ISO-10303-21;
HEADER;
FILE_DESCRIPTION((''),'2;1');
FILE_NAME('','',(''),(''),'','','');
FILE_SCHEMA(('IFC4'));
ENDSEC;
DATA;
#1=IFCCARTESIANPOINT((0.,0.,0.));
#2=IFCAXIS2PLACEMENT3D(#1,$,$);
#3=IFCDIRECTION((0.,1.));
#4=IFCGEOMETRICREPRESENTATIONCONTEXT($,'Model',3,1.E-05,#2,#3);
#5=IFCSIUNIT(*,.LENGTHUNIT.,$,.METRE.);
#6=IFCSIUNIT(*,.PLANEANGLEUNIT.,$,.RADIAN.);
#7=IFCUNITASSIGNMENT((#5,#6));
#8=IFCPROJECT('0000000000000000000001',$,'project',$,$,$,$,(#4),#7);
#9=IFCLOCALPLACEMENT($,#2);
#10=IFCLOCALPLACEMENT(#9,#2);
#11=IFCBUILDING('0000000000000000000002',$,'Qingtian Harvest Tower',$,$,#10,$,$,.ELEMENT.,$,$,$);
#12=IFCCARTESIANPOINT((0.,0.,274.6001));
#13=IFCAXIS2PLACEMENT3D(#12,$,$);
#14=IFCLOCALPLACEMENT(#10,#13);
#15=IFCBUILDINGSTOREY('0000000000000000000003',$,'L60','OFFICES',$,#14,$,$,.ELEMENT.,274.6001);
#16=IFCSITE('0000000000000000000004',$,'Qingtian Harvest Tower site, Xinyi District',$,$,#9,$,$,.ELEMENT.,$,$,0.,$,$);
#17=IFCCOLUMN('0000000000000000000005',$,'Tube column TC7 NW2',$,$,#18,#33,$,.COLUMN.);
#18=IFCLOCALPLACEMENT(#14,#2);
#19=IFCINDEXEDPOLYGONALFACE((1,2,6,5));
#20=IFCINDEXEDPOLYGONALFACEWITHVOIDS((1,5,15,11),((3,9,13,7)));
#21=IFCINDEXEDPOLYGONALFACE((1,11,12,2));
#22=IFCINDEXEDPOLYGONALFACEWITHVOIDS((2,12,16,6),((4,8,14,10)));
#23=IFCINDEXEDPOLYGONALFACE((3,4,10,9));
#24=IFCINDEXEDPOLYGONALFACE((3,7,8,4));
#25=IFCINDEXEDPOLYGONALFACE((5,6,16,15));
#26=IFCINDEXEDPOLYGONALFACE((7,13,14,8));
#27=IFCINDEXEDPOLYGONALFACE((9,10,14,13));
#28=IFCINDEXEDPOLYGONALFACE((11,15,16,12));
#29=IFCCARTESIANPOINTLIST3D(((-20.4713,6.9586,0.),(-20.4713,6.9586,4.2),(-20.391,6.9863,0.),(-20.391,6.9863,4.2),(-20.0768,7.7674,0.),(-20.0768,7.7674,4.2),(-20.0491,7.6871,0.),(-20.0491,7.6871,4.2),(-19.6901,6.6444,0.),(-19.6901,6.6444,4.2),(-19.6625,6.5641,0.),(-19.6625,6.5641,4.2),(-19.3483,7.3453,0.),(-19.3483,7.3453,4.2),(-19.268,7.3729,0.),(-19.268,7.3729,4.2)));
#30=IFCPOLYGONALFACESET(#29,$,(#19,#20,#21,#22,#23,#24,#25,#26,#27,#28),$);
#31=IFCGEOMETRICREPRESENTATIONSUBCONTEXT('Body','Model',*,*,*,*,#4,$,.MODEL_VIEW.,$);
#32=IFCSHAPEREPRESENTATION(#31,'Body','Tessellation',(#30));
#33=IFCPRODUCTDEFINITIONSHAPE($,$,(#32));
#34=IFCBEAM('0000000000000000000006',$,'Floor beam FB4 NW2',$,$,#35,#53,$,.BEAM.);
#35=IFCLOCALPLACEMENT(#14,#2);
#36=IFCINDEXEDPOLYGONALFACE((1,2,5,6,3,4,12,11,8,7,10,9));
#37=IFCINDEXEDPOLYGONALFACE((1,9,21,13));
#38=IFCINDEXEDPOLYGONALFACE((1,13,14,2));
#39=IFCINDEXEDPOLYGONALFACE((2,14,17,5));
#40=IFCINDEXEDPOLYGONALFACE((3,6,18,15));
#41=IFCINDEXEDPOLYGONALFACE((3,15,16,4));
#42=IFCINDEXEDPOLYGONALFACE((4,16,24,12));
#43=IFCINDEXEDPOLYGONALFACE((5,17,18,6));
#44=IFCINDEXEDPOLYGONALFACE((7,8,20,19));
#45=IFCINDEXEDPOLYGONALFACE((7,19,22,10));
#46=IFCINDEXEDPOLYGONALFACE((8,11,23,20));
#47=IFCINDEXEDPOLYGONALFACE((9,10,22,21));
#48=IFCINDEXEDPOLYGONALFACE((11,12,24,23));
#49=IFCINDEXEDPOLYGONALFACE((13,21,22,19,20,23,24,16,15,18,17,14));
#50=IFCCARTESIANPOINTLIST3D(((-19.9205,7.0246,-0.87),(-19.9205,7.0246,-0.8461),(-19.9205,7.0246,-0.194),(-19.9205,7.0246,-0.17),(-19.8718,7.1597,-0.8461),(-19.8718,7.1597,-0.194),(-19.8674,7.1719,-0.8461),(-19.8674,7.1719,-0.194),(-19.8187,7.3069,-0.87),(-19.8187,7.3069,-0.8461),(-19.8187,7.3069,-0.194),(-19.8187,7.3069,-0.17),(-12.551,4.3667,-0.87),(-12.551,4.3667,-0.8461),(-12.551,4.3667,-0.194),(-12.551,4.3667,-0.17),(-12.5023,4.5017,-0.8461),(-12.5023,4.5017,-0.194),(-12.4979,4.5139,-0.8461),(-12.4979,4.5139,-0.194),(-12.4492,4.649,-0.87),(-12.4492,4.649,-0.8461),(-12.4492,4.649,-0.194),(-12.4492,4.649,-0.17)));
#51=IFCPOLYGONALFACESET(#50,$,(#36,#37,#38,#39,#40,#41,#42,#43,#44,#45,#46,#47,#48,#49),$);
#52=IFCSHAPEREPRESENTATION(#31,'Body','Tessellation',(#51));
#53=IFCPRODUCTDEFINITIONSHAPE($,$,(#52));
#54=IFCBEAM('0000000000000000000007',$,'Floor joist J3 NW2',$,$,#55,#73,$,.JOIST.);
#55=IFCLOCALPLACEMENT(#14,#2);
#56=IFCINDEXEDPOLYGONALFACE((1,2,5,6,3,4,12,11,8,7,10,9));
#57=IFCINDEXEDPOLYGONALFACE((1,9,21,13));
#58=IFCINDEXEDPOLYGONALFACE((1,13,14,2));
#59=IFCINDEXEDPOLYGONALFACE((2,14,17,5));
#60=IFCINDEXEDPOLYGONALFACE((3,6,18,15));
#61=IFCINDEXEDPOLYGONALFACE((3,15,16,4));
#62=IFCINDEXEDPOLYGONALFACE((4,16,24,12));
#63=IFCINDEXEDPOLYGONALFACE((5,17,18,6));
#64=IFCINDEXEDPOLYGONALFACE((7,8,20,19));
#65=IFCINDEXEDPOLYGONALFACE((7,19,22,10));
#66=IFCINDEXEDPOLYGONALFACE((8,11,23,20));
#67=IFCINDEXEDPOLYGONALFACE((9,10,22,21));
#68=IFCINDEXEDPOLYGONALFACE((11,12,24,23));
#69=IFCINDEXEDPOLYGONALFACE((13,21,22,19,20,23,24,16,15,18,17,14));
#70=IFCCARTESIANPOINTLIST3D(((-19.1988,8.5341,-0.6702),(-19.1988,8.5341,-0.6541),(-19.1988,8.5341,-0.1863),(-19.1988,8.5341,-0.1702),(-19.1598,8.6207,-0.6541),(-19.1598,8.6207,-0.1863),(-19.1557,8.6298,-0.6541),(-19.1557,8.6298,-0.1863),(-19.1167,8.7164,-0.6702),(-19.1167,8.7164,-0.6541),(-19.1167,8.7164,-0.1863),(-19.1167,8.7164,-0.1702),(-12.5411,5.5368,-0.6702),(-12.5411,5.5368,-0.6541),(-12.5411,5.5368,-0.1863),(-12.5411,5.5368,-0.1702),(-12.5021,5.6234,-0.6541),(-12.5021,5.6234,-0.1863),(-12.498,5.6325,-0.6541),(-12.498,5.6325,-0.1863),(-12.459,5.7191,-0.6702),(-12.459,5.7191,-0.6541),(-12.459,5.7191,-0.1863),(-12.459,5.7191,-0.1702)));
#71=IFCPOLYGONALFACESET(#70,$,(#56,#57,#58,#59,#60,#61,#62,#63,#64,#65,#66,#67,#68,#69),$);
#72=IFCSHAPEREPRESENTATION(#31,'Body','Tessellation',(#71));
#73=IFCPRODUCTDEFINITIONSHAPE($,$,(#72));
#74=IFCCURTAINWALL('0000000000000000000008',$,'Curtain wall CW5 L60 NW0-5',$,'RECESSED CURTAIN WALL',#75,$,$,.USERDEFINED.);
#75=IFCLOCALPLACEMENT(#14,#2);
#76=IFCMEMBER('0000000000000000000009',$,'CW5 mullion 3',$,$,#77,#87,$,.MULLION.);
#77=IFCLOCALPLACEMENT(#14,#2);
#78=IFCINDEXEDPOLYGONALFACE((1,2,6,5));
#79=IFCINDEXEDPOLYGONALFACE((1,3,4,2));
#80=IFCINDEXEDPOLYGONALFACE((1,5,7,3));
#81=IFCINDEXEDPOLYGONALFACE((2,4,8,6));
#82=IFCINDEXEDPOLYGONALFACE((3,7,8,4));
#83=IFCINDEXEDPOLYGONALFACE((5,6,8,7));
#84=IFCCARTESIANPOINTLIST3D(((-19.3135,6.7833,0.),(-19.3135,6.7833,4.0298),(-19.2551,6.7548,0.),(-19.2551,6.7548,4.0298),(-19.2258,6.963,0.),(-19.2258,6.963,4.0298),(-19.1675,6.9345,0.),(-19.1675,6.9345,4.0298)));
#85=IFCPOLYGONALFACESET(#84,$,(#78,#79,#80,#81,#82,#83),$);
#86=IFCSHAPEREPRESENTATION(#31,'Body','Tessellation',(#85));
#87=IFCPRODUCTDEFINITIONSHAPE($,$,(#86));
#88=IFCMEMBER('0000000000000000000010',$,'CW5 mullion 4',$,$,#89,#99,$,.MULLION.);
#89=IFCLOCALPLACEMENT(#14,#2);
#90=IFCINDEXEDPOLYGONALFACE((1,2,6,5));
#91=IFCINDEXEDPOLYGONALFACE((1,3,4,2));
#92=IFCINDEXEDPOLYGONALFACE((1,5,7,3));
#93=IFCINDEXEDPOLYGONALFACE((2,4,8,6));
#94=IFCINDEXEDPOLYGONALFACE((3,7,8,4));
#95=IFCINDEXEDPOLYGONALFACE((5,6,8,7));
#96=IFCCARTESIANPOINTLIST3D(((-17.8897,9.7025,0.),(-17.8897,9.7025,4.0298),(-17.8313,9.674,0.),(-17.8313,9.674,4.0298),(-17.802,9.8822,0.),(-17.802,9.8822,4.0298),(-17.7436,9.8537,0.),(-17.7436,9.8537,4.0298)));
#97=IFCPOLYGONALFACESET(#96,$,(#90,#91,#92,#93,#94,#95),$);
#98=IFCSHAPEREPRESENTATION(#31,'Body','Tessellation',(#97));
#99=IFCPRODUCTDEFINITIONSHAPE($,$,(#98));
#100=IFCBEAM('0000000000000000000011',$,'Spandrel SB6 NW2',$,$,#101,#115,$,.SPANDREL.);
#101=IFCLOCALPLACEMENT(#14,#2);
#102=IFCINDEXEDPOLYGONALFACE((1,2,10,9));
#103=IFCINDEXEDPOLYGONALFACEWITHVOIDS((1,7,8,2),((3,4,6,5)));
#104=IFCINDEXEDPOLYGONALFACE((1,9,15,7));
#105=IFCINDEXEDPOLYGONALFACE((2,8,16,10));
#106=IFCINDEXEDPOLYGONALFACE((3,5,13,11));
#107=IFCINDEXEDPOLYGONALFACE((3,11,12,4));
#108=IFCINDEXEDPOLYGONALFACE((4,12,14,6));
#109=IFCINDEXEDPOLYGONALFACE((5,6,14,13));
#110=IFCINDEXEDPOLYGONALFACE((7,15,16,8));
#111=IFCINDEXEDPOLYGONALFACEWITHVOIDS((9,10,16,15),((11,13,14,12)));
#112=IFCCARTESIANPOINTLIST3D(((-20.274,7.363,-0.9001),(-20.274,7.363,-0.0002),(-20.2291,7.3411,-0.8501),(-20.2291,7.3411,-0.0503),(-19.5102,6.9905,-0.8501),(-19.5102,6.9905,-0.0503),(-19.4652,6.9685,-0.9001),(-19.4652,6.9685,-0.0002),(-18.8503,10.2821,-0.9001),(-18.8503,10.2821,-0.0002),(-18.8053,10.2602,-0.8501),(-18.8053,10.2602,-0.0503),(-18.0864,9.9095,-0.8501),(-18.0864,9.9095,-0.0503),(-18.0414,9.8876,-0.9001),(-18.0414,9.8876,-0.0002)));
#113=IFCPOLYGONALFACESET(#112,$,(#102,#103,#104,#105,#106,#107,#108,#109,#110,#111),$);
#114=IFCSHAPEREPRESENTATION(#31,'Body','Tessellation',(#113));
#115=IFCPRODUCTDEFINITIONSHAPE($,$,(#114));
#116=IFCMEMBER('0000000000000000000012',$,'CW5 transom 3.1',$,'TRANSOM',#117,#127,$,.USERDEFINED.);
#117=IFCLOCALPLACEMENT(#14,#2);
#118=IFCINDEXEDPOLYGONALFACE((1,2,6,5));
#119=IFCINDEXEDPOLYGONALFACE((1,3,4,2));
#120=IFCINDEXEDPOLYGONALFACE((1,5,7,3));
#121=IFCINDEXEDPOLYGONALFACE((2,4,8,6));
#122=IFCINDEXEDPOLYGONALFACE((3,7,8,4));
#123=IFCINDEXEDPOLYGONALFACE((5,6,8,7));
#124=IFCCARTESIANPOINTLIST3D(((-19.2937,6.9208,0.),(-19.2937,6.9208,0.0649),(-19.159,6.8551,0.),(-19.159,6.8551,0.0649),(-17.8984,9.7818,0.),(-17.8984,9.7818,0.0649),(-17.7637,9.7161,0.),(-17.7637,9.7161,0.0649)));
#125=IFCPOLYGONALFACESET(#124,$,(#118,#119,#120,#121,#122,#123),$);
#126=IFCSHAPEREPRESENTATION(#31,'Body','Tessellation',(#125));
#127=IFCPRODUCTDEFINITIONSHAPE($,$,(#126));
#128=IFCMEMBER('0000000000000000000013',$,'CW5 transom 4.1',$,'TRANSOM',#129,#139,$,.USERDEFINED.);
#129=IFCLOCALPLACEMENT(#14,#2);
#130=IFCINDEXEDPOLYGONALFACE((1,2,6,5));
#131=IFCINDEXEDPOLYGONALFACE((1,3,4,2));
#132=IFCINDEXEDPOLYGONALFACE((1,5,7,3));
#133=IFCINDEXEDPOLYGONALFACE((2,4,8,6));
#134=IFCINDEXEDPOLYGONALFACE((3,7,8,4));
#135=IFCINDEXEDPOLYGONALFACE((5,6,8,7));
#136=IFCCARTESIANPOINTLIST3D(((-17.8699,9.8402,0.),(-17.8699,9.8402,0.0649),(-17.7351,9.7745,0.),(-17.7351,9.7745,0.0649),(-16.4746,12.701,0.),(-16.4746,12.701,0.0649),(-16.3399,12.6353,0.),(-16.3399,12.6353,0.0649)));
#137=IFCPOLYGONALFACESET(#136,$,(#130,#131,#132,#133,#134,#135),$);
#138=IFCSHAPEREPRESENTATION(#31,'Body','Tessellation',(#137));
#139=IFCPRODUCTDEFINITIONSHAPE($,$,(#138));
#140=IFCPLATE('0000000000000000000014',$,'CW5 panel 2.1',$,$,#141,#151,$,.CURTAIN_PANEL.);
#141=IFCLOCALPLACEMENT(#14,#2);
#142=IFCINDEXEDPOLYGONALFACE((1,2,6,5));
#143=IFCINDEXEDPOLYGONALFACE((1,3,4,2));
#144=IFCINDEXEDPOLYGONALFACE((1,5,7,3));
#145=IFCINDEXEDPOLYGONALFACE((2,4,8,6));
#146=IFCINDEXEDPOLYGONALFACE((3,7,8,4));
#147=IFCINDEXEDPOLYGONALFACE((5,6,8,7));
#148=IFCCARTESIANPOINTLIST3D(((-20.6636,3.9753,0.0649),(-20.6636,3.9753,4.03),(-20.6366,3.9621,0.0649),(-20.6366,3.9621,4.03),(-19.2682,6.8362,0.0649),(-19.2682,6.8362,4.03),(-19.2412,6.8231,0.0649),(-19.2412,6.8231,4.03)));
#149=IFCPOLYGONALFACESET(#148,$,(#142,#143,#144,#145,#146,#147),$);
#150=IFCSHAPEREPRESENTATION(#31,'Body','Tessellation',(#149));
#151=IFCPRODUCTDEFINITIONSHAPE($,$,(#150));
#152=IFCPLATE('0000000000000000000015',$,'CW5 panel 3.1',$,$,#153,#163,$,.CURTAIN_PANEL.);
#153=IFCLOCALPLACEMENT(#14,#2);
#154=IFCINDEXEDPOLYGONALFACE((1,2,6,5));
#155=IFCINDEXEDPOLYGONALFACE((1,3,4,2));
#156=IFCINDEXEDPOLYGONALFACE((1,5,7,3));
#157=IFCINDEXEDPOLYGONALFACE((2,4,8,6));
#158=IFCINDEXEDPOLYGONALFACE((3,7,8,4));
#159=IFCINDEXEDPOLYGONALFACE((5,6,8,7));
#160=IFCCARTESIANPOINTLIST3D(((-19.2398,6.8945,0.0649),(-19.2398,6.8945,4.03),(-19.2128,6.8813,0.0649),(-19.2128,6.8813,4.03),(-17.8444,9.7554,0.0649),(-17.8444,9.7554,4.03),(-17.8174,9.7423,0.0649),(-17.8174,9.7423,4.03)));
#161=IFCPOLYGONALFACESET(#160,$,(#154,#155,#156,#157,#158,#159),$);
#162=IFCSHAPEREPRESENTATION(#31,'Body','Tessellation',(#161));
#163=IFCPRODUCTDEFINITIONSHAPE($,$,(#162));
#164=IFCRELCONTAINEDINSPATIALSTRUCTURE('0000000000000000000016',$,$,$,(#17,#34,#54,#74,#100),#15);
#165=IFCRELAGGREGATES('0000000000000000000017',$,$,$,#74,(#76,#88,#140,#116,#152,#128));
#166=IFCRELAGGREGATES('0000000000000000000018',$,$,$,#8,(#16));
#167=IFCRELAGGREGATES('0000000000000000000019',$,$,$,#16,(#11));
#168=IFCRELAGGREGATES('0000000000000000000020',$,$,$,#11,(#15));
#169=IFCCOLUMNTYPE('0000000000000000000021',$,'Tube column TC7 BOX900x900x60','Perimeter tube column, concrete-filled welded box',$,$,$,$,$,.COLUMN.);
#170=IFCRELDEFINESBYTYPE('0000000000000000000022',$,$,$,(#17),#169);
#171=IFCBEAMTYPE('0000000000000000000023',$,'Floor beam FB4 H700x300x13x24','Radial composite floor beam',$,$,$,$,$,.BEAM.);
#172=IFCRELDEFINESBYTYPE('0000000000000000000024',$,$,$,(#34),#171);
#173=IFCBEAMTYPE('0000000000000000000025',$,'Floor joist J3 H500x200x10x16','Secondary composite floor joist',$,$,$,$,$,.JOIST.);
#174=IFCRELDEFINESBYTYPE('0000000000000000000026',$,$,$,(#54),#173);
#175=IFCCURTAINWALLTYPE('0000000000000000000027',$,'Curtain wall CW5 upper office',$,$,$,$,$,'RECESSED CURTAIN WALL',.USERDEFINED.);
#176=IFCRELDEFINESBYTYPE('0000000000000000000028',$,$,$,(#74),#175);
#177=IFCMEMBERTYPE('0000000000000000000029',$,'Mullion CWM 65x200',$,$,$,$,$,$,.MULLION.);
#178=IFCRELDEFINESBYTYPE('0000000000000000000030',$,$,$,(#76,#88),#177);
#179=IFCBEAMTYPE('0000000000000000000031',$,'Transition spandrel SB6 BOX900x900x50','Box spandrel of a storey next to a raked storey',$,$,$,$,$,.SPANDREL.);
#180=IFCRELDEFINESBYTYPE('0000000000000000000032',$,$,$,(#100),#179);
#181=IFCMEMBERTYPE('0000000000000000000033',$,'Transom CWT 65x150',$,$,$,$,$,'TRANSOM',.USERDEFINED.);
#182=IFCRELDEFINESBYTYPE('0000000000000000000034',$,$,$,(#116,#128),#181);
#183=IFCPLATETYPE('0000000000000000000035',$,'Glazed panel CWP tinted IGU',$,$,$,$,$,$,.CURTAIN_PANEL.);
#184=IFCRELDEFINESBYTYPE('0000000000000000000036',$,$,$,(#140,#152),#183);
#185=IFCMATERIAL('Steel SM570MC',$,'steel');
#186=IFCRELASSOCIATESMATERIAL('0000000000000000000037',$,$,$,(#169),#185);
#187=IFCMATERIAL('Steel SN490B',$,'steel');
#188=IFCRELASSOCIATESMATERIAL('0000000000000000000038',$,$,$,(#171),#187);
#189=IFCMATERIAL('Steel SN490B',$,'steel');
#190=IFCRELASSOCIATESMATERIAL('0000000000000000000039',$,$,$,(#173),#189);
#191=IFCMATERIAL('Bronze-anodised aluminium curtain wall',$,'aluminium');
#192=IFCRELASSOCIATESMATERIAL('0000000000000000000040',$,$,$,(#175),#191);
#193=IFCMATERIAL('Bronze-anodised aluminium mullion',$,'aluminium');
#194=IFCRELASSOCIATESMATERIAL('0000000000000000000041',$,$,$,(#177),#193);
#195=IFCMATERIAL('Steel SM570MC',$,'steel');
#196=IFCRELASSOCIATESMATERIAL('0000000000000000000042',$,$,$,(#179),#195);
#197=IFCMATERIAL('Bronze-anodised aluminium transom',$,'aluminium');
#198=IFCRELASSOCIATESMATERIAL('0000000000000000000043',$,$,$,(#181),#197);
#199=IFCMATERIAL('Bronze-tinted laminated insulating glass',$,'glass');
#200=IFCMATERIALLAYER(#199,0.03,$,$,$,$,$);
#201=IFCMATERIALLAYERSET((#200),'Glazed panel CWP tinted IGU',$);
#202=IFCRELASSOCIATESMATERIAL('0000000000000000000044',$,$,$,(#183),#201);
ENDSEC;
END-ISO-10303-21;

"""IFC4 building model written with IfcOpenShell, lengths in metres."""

from ifc_helpers import new_model, si_unit, direction, frame, origin, origin_2d, place, context, subcontext, project, spatial, rectangle, hollow_rectangle, i_section, extrude, material, layer, layer_set, material_profile, profile_set, type_object, element, aggregate, save


model = new_model("IFC4")

# Units and contexts
model_context = context("Model", 3, precision=1e-05, world=origin(), true_north=direction((0.0, 1.0)))
body_context = subcontext(model_context, "Body", "Model", "MODEL_VIEW")
ifc_project = project(units=[si_unit("LENGTHUNIT", "METRE"), si_unit("PLANEANGLEUNIT", "RADIAN")], contexts=[model_context])

# Site, building, storey
site_placement = place(None, origin())
site = spatial("IfcSite", under=ifc_project, at=site_placement, Name="Qingtian Harvest Tower site, Xinyi District", CompositionType="ELEMENT", RefElevation=0.0)
building_placement = place(site_placement, origin())
building = spatial("IfcBuilding", under=site, at=building_placement, Name="Qingtian Harvest Tower", CompositionType="ELEMENT")
storey_placement = place(building_placement, frame((0.0, 0.0, 274.6001)))
storey = spatial("IfcBuildingStorey", under=building, at=storey_placement, Name="L60", Description="OFFICES", CompositionType="ELEMENT", Elevation=274.6001)

# Column
ifc_material_1 = material(Name="Steel SM570MC", Category="steel")
ifc_material_profile_1 = material_profile(ifc_material_1, hollow_rectangle(XDim=0.8999, YDim=0.8999, WallThickness=0.0601, at=origin_2d()), Name="BOX900x900x60")
ifc_profile_set_1 = profile_set([ifc_material_profile_1], Name="Steel SM570MC")
column_type = type_object("IfcColumnType", Name="Tube column TC7 BOX900x900x60", Description="Perimeter tube column, concrete-filled welded box", PredefinedType="COLUMN", material=ifc_profile_set_1)
column_placement = place(storey_placement, frame((-19.8696, 7.1658, 0.0), z_axis=(0.0, 0.0, 1.0), x_axis=(-0.438371, -0.898794, 0.0)))
element("IfcColumn", 1, at=column_placement, inside=storey, type_object=column_type, Name="Tube column TC7 NW2", PredefinedType="COLUMN", context=body_context, shape_type="SweptSolid", body=[
    extrude(hollow_rectangle(XDim=0.8999, YDim=0.8999, WallThickness=0.0601, at=origin_2d()), origin(), (0.0, 0.0, 1.0), 4.2),
])

# Beams
ifc_material_2 = material(Name="Steel SN490B", Category="steel")
ifc_material_profile_2 = material_profile(ifc_material_2, i_section(OverallWidth=0.3, OverallDepth=0.7, WebThickness=0.0129, FlangeThickness=0.0239, at=origin_2d()), Name="H700x300x13x24")
ifc_profile_set_2 = profile_set([ifc_material_profile_2], Name="Steel SN490B")
beam_type_1 = type_object("IfcBeamType", Name="Floor beam FB4 H700x300x13x24", Description="Radial composite floor beam", PredefinedType="BEAM", material=ifc_profile_set_2)
beam_1_placement = place(storey_placement, frame((-19.8696, 7.1658, -0.52), z_axis=(0.940688, -0.339272, 0.0), x_axis=(0.339272, 0.940688, 0.0)))
element("IfcBeam", 2, at=beam_1_placement, inside=storey, type_object=beam_type_1, Name="Floor beam FB4 NW2", PredefinedType="BEAM", context=body_context, shape_type="SweptSolid", body=[
    extrude(i_section(OverallWidth=0.3, OverallDepth=0.7, WebThickness=0.0129, FlangeThickness=0.0239, at=origin_2d()), origin(), (0.0, 0.0, 1.0), 7.8342),
])
ifc_material_3 = material(Name="Steel SN490B", Category="steel")
ifc_material_profile_3 = material_profile(ifc_material_3, i_section(OverallWidth=0.2, OverallDepth=0.5, WebThickness=0.01, FlangeThickness=0.0161, at=origin_2d()), Name="H500x200x10x16")
ifc_profile_set_3 = profile_set([ifc_material_profile_3], Name="Steel SN490B")
beam_type_2 = type_object("IfcBeamType", Name="Floor joist J3 H500x200x10x16", Description="Secondary composite floor joist", PredefinedType="JOIST", material=ifc_profile_set_3)
beam_2_placement = place(storey_placement, frame((-19.1577, 8.6252, -0.4202), z_axis=(0.911853, -0.410518, 0.0), x_axis=(0.410518, 0.911853, 0.0)))
element("IfcBeam", 3, at=beam_2_placement, inside=storey, type_object=beam_type_2, Name="Floor joist J3 NW2", PredefinedType="JOIST", context=body_context, shape_type="SweptSolid", body=[
    extrude(i_section(OverallWidth=0.2, OverallDepth=0.5, WebThickness=0.01, FlangeThickness=0.0161, at=origin_2d()), origin(), (0.0, 0.0, 1.0), 7.3013),
])

# Curtain wall, members
ifc_material_4 = material(Name="Bronze-anodised aluminium curtain wall", Category="aluminium")
curtain_wall_type = type_object("IfcCurtainWallType", Name="Curtain wall CW5 upper office", ElementType="RECESSED CURTAIN WALL", PredefinedType="USERDEFINED", material=ifc_material_4)
curtain_wall_placement = place(storey_placement, origin())
curtain_wall = element("IfcCurtainWall", 4, at=curtain_wall_placement, inside=storey, type_object=curtain_wall_type, Name="Curtain wall CW5 L60 NW0-5", ObjectType="RECESSED CURTAIN WALL", PredefinedType="USERDEFINED")
ifc_material_5 = material(Name="Bronze-anodised aluminium mullion", Category="aluminium")
ifc_material_profile_4 = material_profile(ifc_material_5, rectangle(XDim=0.0649, YDim=0.2, at=origin_2d()), Name="AL 65x200")
ifc_profile_set_4 = profile_set([ifc_material_profile_4], Name="Bronze-anodised aluminium mullion")
member_type_1 = type_object("IfcMemberType", Name="Mullion CWM 65x200", PredefinedType="MULLION", material=ifc_profile_set_4)
member_1_placement = place(storey_placement, frame((-19.2405, 6.8589, 0.0), z_axis=(0.0, 0.0, 1.0), x_axis=(-0.898794, 0.438371, 0.0)))
member_1 = element("IfcMember", 5, at=member_1_placement, type_object=member_type_1, Name="CW5 mullion 3", PredefinedType="MULLION", context=body_context, shape_type="SweptSolid", body=[
    extrude(rectangle(XDim=0.0649, YDim=0.2, at=origin_2d()), origin(), (0.0, 0.0, 1.0), 4.0298),
])
member_2_placement = place(storey_placement, frame((-17.8167, 9.7781, 0.0), z_axis=(0.0, 0.0, 1.0), x_axis=(-0.898794, 0.438371, 0.0)))
member_2 = element("IfcMember", 6, at=member_2_placement, type_object=member_type_1, Name="CW5 mullion 4", PredefinedType="MULLION", context=body_context, shape_type="SweptSolid", body=[
    extrude(rectangle(XDim=0.0649, YDim=0.2, at=origin_2d()), origin(), (0.0, 0.0, 1.0), 4.0298),
])

# Beam
ifc_material_6 = material(Name="Steel SM570MC", Category="steel")
ifc_material_profile_5 = material_profile(ifc_material_6, hollow_rectangle(XDim=0.8999, YDim=0.8999, WallThickness=0.05, at=origin_2d()), Name="BOX900x900x50")
ifc_profile_set_5 = profile_set([ifc_material_profile_5], Name="Steel SM570MC")
beam_type_3 = type_object("IfcBeamType", Name="Transition spandrel SB6 BOX900x900x50", Description="Box spandrel of a storey next to a raked storey", PredefinedType="SPANDREL", material=ifc_profile_set_5)
beam_3_placement = place(storey_placement, frame((-19.8696, 7.1658, -0.4502), z_axis=(0.438382, 0.898789, 0.0), x_axis=(-0.898789, 0.438382, 0.0)))
element("IfcBeam", 7, at=beam_3_placement, inside=storey, type_object=beam_type_3, Name="Spandrel SB6 NW2", PredefinedType="SPANDREL", context=body_context, shape_type="SweptSolid", body=[
    extrude(hollow_rectangle(XDim=0.8999, YDim=0.8999, WallThickness=0.05, at=origin_2d()), origin(), (0.0, 0.0, 1.0), 3.2478),
])

# Members
ifc_material_7 = material(Name="Bronze-anodised aluminium transom", Category="aluminium")
ifc_material_profile_6 = material_profile(ifc_material_7, rectangle(XDim=0.1499, YDim=0.0649, at=origin_2d()), Name="AL 65x150")
ifc_profile_set_6 = profile_set([ifc_material_profile_6], Name="Bronze-anodised aluminium transom")
member_type_2 = type_object("IfcMemberType", Name="Transom CWT 65x150", ElementType="TRANSOM", PredefinedType="USERDEFINED", material=ifc_profile_set_6)
member_3_placement = place(storey_placement, frame((-19.2263, 6.8879, 0.0325), z_axis=(0.438325, 0.898816, 0.0), x_axis=(-0.898816, 0.438325, 0.0)))
member_3 = element("IfcMember", 8, at=member_3_placement, type_object=member_type_2, Name="CW5 transom 3.1", ObjectType="TRANSOM", PredefinedType="USERDEFINED", context=body_context, shape_type="SweptSolid", body=[
    extrude(rectangle(XDim=0.1499, YDim=0.0649, at=origin_2d()), origin(), (0.0, 0.0, 1.0), 3.1831),
])
member_4_placement = place(storey_placement, frame((-17.8025, 9.8074, 0.0325), z_axis=(0.438356, 0.898802, 0.0), x_axis=(-0.898802, 0.438356, 0.0)))
member_4 = element("IfcMember", 9, at=member_4_placement, type_object=member_type_2, Name="CW5 transom 4.1", ObjectType="TRANSOM", PredefinedType="USERDEFINED", context=body_context, shape_type="SweptSolid", body=[
    extrude(rectangle(XDim=0.1499, YDim=0.0649, at=origin_2d()), origin(), (0.0, 0.0, 1.0), 3.1829),
])

# Plates
ifc_material_8 = material(Name="Bronze-tinted laminated insulating glass", Category="glass")
ifc_layer_1 = layer(ifc_material_8, 0.03)
ifc_layer_set_1 = layer_set([ifc_layer_1], Name="Glazed panel CWP tinted IGU")
plate_type = type_object("IfcPlateType", Name="Glazed panel CWP tinted IGU", PredefinedType="CURTAIN_PANEL", material=ifc_layer_set_1)
plate_1_placement = place(storey_placement, frame((-19.9524, 5.3992, 0.0649), z_axis=(0.0, 0.0, 1.0), x_axis=(0.438371, 0.898794, 0.0)))
plate_1 = element("IfcPlate", 10, at=plate_1_placement, type_object=plate_type, Name="CW5 panel 2.1", PredefinedType="CURTAIN_PANEL", context=body_context, shape_type="SweptSolid", body=[
    extrude(rectangle(XDim=3.1831, YDim=0.03, at=origin_2d()), origin(), (0.0, 0.0, 1.0), 3.9651),
])
plate_2_placement = place(storey_placement, frame((-18.5286, 8.3184, 0.0649), z_axis=(0.0, 0.0, 1.0), x_axis=(0.438371, 0.898794, 0.0)))
plate_2 = element("IfcPlate", 11, at=plate_2_placement, type_object=plate_type, Name="CW5 panel 3.1", PredefinedType="CURTAIN_PANEL", context=body_context, shape_type="SweptSolid", body=[
    extrude(rectangle(XDim=3.1831, YDim=0.03, at=origin_2d()), origin(), (0.0, 0.0, 1.0), 3.9651),
])
aggregate(curtain_wall, [member_1, member_2, plate_1, member_3, plate_2, member_4])

save(model, "model.ifc")
